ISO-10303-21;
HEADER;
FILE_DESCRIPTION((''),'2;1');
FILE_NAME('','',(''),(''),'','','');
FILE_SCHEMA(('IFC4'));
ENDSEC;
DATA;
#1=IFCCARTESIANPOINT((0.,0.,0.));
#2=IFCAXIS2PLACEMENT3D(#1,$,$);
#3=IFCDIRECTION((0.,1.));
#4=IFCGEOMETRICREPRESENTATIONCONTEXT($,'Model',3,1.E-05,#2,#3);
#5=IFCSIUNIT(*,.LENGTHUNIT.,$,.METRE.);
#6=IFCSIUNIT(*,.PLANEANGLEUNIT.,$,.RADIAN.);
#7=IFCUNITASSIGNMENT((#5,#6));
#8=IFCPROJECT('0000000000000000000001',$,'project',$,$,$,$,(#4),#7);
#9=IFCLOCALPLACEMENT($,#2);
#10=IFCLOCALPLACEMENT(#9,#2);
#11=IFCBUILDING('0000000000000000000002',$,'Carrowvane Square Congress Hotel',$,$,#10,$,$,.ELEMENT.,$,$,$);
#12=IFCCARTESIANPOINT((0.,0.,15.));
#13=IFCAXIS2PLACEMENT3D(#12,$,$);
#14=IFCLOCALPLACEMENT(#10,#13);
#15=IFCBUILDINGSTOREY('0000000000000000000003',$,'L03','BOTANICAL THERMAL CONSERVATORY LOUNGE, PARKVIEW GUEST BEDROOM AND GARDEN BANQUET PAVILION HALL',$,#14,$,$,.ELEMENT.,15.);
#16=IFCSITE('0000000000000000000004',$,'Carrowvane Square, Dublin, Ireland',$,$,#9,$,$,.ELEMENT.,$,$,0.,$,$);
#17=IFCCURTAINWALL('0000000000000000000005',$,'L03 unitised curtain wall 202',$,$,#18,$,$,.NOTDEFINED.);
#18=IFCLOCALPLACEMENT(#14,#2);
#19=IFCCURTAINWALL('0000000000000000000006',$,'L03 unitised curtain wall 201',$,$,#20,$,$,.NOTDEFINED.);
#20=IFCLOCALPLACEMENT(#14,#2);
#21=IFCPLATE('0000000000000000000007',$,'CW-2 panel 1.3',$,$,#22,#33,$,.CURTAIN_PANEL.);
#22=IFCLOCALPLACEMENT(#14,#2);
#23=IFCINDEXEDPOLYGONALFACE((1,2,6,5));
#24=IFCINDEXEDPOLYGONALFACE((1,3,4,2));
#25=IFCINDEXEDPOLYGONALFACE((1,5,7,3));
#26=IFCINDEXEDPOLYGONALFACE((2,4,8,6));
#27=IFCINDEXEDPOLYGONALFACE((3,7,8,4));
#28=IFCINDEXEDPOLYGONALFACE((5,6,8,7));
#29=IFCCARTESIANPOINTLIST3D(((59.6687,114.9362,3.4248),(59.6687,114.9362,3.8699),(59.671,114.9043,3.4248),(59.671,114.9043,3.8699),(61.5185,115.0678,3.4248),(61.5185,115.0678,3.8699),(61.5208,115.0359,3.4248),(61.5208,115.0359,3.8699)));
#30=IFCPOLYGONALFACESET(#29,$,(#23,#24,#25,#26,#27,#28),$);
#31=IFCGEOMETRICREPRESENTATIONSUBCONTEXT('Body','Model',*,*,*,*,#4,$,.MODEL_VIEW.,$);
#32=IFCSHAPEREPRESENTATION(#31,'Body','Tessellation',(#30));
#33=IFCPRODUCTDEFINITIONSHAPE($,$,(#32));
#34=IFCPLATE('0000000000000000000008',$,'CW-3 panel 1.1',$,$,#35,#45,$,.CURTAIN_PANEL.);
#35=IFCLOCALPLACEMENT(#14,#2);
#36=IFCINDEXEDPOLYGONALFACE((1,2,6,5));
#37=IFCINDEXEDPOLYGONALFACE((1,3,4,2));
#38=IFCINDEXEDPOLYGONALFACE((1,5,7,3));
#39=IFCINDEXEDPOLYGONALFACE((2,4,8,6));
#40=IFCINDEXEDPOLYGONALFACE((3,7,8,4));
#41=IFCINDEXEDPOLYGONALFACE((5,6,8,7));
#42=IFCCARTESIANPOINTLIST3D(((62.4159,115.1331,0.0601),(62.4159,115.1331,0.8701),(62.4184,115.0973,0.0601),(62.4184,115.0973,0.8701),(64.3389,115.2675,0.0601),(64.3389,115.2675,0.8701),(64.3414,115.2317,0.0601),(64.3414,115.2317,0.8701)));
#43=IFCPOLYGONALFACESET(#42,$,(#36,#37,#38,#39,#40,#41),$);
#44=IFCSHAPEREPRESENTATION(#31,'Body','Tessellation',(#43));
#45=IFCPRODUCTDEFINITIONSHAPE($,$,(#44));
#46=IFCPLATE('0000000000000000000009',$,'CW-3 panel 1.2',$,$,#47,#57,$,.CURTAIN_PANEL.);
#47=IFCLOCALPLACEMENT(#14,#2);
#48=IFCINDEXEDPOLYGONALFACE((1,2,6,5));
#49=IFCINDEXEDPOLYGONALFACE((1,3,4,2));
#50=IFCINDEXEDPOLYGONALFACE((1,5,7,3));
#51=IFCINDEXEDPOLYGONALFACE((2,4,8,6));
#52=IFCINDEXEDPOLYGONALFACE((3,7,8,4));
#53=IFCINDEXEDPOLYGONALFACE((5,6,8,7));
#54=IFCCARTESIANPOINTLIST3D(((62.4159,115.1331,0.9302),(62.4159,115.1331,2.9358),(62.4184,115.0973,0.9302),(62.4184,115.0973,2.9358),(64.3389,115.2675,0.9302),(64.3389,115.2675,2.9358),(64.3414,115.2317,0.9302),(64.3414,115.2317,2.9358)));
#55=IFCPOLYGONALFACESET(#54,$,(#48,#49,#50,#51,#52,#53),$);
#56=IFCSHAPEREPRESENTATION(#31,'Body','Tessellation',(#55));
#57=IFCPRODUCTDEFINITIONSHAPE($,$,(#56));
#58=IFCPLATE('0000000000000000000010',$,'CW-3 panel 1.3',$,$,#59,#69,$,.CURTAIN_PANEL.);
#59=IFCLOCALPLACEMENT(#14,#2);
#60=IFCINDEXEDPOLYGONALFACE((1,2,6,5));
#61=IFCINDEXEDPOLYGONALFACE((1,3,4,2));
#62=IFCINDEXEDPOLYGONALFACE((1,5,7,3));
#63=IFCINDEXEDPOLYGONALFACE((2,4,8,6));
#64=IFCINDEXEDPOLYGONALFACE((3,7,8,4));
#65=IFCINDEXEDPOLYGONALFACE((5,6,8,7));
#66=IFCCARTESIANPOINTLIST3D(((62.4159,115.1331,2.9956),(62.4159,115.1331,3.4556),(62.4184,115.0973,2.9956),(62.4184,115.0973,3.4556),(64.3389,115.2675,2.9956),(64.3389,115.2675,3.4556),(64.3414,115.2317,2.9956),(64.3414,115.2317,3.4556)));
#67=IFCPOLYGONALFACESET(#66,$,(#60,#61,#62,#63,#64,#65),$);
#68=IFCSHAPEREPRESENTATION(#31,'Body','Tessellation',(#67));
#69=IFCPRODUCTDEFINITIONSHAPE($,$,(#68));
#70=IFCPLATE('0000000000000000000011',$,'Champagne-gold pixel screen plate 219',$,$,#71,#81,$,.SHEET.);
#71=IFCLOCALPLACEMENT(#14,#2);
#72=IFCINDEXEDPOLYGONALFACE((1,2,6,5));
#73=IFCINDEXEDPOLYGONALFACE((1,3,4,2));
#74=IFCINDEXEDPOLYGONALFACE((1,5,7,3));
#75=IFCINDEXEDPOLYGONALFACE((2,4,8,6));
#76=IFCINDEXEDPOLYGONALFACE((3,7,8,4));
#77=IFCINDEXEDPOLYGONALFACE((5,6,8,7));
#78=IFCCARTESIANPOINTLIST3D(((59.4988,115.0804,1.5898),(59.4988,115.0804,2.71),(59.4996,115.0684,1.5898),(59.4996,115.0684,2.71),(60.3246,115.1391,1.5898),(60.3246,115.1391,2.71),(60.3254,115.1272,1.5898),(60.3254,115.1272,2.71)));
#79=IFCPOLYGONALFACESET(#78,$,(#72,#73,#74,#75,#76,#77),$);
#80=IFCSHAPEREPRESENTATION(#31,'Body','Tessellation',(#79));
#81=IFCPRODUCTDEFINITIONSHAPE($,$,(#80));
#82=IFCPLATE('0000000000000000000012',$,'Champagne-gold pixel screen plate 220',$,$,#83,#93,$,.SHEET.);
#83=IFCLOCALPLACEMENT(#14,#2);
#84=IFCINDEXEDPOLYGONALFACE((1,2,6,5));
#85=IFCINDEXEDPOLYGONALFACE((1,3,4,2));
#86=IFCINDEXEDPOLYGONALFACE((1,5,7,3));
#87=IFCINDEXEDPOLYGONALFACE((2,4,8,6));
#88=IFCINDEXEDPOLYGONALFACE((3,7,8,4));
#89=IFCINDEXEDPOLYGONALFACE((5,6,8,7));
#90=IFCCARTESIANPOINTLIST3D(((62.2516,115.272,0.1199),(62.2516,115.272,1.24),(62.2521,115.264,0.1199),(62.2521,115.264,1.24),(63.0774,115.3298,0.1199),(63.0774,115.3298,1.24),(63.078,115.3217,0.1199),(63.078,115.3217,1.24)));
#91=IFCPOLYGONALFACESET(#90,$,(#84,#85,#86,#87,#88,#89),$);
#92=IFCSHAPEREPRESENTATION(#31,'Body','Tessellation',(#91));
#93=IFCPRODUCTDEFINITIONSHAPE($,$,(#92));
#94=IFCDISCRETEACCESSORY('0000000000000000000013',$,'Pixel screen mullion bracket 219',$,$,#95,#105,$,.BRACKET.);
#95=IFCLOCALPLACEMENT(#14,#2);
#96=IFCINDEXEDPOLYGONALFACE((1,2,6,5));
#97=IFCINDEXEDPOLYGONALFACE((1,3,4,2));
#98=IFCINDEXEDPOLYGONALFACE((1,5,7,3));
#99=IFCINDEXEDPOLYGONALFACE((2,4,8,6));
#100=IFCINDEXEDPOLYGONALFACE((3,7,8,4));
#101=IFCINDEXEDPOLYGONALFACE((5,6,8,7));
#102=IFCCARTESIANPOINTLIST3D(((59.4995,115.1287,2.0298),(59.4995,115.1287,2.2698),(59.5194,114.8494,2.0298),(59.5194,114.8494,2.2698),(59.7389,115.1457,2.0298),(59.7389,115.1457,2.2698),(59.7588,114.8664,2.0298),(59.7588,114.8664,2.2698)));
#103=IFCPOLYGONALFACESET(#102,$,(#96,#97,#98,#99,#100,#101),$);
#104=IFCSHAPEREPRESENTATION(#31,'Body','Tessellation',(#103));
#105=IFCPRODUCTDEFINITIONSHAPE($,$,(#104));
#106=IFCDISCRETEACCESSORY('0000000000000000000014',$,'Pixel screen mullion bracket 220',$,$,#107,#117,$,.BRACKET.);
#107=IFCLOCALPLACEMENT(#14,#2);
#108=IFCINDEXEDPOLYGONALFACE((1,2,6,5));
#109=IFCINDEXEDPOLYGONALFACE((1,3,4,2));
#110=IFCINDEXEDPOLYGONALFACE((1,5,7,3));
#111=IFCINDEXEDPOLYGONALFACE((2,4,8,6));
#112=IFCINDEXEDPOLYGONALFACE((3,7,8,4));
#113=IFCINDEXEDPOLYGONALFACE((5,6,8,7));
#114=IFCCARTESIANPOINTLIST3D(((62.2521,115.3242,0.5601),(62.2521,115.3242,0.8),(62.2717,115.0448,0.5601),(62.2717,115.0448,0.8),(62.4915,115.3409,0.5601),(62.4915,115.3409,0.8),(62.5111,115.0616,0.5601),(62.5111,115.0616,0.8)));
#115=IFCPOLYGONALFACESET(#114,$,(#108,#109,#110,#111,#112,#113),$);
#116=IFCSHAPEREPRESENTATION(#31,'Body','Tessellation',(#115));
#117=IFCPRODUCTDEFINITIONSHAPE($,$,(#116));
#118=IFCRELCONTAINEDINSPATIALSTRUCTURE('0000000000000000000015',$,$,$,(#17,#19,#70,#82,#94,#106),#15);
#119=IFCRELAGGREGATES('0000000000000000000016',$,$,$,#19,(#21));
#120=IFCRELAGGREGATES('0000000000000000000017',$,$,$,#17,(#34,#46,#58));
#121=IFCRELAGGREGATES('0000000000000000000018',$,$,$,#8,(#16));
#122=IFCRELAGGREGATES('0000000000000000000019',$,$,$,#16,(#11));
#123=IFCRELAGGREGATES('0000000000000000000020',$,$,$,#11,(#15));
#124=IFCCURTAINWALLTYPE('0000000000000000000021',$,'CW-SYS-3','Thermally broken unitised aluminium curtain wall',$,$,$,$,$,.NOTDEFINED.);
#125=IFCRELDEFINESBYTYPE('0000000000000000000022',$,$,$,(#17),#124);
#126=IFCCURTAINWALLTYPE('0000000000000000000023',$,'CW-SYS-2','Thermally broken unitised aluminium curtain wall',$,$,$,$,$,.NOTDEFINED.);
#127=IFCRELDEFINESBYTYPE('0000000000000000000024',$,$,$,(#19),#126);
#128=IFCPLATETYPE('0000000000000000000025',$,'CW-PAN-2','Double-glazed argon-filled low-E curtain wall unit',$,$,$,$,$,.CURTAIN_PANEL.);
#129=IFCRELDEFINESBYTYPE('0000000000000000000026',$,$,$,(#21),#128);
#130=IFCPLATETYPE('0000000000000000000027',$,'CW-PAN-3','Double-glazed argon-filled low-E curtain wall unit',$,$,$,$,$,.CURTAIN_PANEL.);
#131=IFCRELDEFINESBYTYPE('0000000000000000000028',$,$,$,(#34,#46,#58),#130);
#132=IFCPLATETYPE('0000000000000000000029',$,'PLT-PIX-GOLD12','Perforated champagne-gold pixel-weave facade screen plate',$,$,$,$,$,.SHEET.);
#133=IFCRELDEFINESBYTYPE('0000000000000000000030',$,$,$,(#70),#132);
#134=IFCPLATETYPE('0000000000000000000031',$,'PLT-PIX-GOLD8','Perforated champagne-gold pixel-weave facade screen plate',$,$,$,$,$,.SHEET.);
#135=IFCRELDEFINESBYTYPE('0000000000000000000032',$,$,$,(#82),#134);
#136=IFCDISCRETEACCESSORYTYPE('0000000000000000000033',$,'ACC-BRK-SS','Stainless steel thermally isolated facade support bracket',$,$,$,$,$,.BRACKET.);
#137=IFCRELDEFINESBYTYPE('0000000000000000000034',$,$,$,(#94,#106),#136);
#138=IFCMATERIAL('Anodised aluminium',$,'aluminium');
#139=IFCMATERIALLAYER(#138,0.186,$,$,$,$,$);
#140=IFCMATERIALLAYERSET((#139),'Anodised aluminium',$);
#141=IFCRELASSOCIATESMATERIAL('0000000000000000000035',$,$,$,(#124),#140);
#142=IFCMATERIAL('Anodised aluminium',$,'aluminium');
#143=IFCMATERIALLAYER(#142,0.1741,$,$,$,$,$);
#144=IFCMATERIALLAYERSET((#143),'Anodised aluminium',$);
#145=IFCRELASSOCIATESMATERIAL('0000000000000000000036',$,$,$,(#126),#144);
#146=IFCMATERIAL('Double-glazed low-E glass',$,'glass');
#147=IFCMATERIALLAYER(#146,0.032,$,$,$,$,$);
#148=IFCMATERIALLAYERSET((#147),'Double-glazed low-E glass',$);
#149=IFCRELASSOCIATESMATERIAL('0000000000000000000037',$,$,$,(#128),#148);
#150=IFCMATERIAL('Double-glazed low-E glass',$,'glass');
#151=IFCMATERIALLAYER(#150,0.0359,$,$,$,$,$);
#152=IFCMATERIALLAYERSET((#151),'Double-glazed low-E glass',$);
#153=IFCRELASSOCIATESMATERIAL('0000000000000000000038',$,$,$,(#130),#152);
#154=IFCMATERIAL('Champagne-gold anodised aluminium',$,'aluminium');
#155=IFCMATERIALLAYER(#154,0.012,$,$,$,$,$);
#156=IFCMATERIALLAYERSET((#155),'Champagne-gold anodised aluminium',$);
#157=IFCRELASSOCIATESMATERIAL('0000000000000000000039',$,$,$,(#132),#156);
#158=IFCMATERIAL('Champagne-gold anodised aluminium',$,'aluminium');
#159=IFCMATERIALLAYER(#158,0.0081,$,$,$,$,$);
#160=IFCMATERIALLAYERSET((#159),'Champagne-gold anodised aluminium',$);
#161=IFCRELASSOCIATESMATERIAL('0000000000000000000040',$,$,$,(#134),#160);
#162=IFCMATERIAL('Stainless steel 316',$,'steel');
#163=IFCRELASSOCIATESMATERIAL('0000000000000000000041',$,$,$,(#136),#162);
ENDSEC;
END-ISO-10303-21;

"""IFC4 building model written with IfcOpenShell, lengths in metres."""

from ifc_helpers import new_model, si_unit, direction, frame, origin, origin_2d, place, context, subcontext, project, spatial, rectangle, extrude, material, layer, layer_set, type_object, element, aggregate, save


model = new_model("IFC4")

# Units and contexts
model_context = context("Model", 3, precision=1e-05, world=origin(), true_north=direction((0.0, 1.0)))
body_context = subcontext(model_context, "Body", "Model", "MODEL_VIEW")
ifc_project = project(units=[si_unit("LENGTHUNIT", "METRE"), si_unit("PLANEANGLEUNIT", "RADIAN")], contexts=[model_context])

# Site, building, storey
site_placement = place(None, origin())
site = spatial("IfcSite", under=ifc_project, at=site_placement, Name="Carrowvane Square, Dublin, Ireland", CompositionType="ELEMENT", RefElevation=0.0)
building_placement = place(site_placement, origin())
building = spatial("IfcBuilding", under=site, at=building_placement, Name="Carrowvane Square Congress Hotel", CompositionType="ELEMENT")
storey_placement = place(building_placement, frame((0.0, 0.0, 15.0)))
storey = spatial("IfcBuildingStorey", under=building, at=storey_placement, Name="L03", Description="BOTANICAL THERMAL CONSERVATORY LOUNGE, PARKVIEW GUEST BEDROOM AND GARDEN BANQUET PAVILION HALL", CompositionType="ELEMENT", Elevation=15.0)

# Curtain walls
ifc_material_1 = material(Name="Anodised aluminium", Category="aluminium")
ifc_layer_1 = layer(ifc_material_1, 0.186)
ifc_layer_set_1 = layer_set([ifc_layer_1], Name="Anodised aluminium")
curtain_wall_type_1 = type_object("IfcCurtainWallType", Name="CW-SYS-3", Description="Thermally broken unitised aluminium curtain wall", PredefinedType="NOTDEFINED", material=ifc_layer_set_1)
curtain_wall_1_placement = place(storey_placement, origin())
curtain_wall_1 = element("IfcCurtainWall", 1, at=curtain_wall_1_placement, inside=storey, type_object=curtain_wall_type_1, Name="L03 unitised curtain wall 202", PredefinedType="NOTDEFINED")
ifc_material_2 = material(Name="Anodised aluminium", Category="aluminium")
ifc_layer_2 = layer(ifc_material_2, 0.1741)
ifc_layer_set_2 = layer_set([ifc_layer_2], Name="Anodised aluminium")
curtain_wall_type_2 = type_object("IfcCurtainWallType", Name="CW-SYS-2", Description="Thermally broken unitised aluminium curtain wall", PredefinedType="NOTDEFINED", material=ifc_layer_set_2)
curtain_wall_2_placement = place(storey_placement, origin())
curtain_wall_2 = element("IfcCurtainWall", 2, at=curtain_wall_2_placement, inside=storey, type_object=curtain_wall_type_2, Name="L03 unitised curtain wall 201", PredefinedType="NOTDEFINED")

# Plates
ifc_material_3 = material(Name="Double-glazed low-E glass", Category="glass")
ifc_layer_3 = layer(ifc_material_3, 0.032)
ifc_layer_set_3 = layer_set([ifc_layer_3], Name="Double-glazed low-E glass")
plate_type_1 = type_object("IfcPlateType", Name="CW-PAN-2", Description="Double-glazed argon-filled low-E curtain wall unit", PredefinedType="CURTAIN_PANEL", material=ifc_layer_set_3)
plate_1_placement = place(storey_placement, frame((60.5947, 114.9861, 3.4248), z_axis=(0.0, 0.0, 1.0), x_axis=(0.997479, 0.07096, 0.0)))
plate_1 = element("IfcPlate", 3, at=plate_1_placement, type_object=plate_type_1, Name="CW-2 panel 1.3", PredefinedType="CURTAIN_PANEL", context=body_context, shape_type="SweptSolid", body=[
    extrude(rectangle(XDim=1.8545, YDim=0.032, at=origin_2d()), origin(), (0.0, 0.0, 1.0), 0.4451),
])
aggregate(curtain_wall_2, [plate_1])
ifc_material_4 = material(Name="Double-glazed low-E glass", Category="glass")
ifc_layer_4 = layer(ifc_material_4, 0.0359)
ifc_layer_set_4 = layer_set([ifc_layer_4], Name="Double-glazed low-E glass")
plate_type_2 = type_object("IfcPlateType", Name="CW-PAN-3", Description="Double-glazed argon-filled low-E curtain wall unit", PredefinedType="CURTAIN_PANEL", material=ifc_layer_set_4)
plate_2_placement = place(storey_placement, frame((63.3787, 115.1824, 0.0601), z_axis=(0.0, 0.0, 1.0), x_axis=(0.997566, 0.069724, 0.0)))
plate_2 = element("IfcPlate", 4, at=plate_2_placement, type_object=plate_type_2, Name="CW-3 panel 1.1", PredefinedType="CURTAIN_PANEL", context=body_context, shape_type="SweptSolid", body=[
    extrude(rectangle(XDim=1.9277, YDim=0.0359, at=origin_2d()), origin(), (0.0, 0.0, 1.0), 0.8101),
])
plate_3_placement = place(storey_placement, frame((63.3787, 115.1824, 0.9302), z_axis=(0.0, 0.0, 1.0), x_axis=(0.997566, 0.069724, 0.0)))
plate_3 = element("IfcPlate", 5, at=plate_3_placement, type_object=plate_type_2, Name="CW-3 panel 1.2", PredefinedType="CURTAIN_PANEL", context=body_context, shape_type="SweptSolid", body=[
    extrude(rectangle(XDim=1.9277, YDim=0.0359, at=origin_2d()), origin(), (0.0, 0.0, 1.0), 2.0056),
])
plate_4_placement = place(storey_placement, frame((63.3787, 115.1824, 2.9956), z_axis=(0.0, 0.0, 1.0), x_axis=(0.997566, 0.069724, 0.0)))
plate_4 = element("IfcPlate", 6, at=plate_4_placement, type_object=plate_type_2, Name="CW-3 panel 1.3", PredefinedType="CURTAIN_PANEL", context=body_context, shape_type="SweptSolid", body=[
    extrude(rectangle(XDim=1.9277, YDim=0.0359, at=origin_2d()), origin(), (0.0, 0.0, 1.0), 0.46),
])
aggregate(curtain_wall_1, [plate_2, plate_3, plate_4])

# Plates
ifc_material_5 = material(Name="Champagne-gold anodised aluminium", Category="aluminium")
ifc_layer_5 = layer(ifc_material_5, 0.012)
ifc_layer_set_5 = layer_set([ifc_layer_5], Name="Champagne-gold anodised aluminium")
plate_type_3 = type_object("IfcPlateType", Name="PLT-PIX-GOLD12", Description="Perforated champagne-gold pixel-weave facade screen plate", PredefinedType="SHEET", material=ifc_layer_set_5)
plate_5_placement = place(storey_placement, frame((59.9121, 115.1038, 1.5898), z_axis=(0.0, 0.0, 1.0), x_axis=(0.997479, 0.070957, 0.0)))
element("IfcPlate", 7, at=plate_5_placement, inside=storey, type_object=plate_type_3, Name="Champagne-gold pixel screen plate 219", PredefinedType="SHEET", context=body_context, shape_type="SweptSolid", body=[
    extrude(rectangle(XDim=0.8279, YDim=0.012, at=origin_2d()), origin(), (0.0, 0.0, 1.0), 1.1201),
])
ifc_material_6 = material(Name="Champagne-gold anodised aluminium", Category="aluminium")
ifc_layer_6 = layer(ifc_material_6, 0.0081)
ifc_layer_set_6 = layer_set([ifc_layer_6], Name="Champagne-gold anodised aluminium")
plate_type_4 = type_object("IfcPlateType", Name="PLT-PIX-GOLD8", Description="Perforated champagne-gold pixel-weave facade screen plate", PredefinedType="SHEET", material=ifc_layer_set_6)
plate_6_placement = place(storey_placement, frame((62.6648, 115.2969, 0.1199), z_axis=(0.0, 0.0, 1.0), x_axis=(0.997566, 0.069725, 0.0)))
element("IfcPlate", 8, at=plate_6_placement, inside=storey, type_object=plate_type_4, Name="Champagne-gold pixel screen plate 220", PredefinedType="SHEET", context=body_context, shape_type="SweptSolid", body=[
    extrude(rectangle(XDim=0.8279, YDim=0.0081, at=origin_2d()), origin(), (0.0, 0.0, 1.0), 1.1201),
])

# Discrete accessories
ifc_material_7 = material(Name="Stainless steel 316", Category="steel")
discrete_accessory_type = type_object("IfcDiscreteAccessoryType", Name="ACC-BRK-SS", Description="Stainless steel thermally isolated facade support bracket", PredefinedType="BRACKET", material=ifc_material_7)
for number, where, z_axis, x_axis, name in (
    (9, (59.6292, 114.9976, 2.0298), (0.0, 0.0, 1.0), (0.997479, 0.070957, 0.0), "Pixel screen mullion bracket 219"),
    (10, (62.3816, 115.1929, 0.5601), (0.0, 0.0, 1.0), (0.997566, 0.069725, 0.0), "Pixel screen mullion bracket 220"),
):
    element("IfcDiscreteAccessory", number, at=place(storey_placement, frame(where, z_axis=z_axis, x_axis=x_axis)), inside=storey, type_object=discrete_accessory_type, Name=name, PredefinedType="BRACKET", context=body_context, shape_type="SweptSolid", body=[
        extrude(rectangle(XDim=0.24, YDim=0.28, at=origin_2d()), origin(), (0.0, 0.0, 1.0), 0.24),
    ])

save(model, "model.ifc")
